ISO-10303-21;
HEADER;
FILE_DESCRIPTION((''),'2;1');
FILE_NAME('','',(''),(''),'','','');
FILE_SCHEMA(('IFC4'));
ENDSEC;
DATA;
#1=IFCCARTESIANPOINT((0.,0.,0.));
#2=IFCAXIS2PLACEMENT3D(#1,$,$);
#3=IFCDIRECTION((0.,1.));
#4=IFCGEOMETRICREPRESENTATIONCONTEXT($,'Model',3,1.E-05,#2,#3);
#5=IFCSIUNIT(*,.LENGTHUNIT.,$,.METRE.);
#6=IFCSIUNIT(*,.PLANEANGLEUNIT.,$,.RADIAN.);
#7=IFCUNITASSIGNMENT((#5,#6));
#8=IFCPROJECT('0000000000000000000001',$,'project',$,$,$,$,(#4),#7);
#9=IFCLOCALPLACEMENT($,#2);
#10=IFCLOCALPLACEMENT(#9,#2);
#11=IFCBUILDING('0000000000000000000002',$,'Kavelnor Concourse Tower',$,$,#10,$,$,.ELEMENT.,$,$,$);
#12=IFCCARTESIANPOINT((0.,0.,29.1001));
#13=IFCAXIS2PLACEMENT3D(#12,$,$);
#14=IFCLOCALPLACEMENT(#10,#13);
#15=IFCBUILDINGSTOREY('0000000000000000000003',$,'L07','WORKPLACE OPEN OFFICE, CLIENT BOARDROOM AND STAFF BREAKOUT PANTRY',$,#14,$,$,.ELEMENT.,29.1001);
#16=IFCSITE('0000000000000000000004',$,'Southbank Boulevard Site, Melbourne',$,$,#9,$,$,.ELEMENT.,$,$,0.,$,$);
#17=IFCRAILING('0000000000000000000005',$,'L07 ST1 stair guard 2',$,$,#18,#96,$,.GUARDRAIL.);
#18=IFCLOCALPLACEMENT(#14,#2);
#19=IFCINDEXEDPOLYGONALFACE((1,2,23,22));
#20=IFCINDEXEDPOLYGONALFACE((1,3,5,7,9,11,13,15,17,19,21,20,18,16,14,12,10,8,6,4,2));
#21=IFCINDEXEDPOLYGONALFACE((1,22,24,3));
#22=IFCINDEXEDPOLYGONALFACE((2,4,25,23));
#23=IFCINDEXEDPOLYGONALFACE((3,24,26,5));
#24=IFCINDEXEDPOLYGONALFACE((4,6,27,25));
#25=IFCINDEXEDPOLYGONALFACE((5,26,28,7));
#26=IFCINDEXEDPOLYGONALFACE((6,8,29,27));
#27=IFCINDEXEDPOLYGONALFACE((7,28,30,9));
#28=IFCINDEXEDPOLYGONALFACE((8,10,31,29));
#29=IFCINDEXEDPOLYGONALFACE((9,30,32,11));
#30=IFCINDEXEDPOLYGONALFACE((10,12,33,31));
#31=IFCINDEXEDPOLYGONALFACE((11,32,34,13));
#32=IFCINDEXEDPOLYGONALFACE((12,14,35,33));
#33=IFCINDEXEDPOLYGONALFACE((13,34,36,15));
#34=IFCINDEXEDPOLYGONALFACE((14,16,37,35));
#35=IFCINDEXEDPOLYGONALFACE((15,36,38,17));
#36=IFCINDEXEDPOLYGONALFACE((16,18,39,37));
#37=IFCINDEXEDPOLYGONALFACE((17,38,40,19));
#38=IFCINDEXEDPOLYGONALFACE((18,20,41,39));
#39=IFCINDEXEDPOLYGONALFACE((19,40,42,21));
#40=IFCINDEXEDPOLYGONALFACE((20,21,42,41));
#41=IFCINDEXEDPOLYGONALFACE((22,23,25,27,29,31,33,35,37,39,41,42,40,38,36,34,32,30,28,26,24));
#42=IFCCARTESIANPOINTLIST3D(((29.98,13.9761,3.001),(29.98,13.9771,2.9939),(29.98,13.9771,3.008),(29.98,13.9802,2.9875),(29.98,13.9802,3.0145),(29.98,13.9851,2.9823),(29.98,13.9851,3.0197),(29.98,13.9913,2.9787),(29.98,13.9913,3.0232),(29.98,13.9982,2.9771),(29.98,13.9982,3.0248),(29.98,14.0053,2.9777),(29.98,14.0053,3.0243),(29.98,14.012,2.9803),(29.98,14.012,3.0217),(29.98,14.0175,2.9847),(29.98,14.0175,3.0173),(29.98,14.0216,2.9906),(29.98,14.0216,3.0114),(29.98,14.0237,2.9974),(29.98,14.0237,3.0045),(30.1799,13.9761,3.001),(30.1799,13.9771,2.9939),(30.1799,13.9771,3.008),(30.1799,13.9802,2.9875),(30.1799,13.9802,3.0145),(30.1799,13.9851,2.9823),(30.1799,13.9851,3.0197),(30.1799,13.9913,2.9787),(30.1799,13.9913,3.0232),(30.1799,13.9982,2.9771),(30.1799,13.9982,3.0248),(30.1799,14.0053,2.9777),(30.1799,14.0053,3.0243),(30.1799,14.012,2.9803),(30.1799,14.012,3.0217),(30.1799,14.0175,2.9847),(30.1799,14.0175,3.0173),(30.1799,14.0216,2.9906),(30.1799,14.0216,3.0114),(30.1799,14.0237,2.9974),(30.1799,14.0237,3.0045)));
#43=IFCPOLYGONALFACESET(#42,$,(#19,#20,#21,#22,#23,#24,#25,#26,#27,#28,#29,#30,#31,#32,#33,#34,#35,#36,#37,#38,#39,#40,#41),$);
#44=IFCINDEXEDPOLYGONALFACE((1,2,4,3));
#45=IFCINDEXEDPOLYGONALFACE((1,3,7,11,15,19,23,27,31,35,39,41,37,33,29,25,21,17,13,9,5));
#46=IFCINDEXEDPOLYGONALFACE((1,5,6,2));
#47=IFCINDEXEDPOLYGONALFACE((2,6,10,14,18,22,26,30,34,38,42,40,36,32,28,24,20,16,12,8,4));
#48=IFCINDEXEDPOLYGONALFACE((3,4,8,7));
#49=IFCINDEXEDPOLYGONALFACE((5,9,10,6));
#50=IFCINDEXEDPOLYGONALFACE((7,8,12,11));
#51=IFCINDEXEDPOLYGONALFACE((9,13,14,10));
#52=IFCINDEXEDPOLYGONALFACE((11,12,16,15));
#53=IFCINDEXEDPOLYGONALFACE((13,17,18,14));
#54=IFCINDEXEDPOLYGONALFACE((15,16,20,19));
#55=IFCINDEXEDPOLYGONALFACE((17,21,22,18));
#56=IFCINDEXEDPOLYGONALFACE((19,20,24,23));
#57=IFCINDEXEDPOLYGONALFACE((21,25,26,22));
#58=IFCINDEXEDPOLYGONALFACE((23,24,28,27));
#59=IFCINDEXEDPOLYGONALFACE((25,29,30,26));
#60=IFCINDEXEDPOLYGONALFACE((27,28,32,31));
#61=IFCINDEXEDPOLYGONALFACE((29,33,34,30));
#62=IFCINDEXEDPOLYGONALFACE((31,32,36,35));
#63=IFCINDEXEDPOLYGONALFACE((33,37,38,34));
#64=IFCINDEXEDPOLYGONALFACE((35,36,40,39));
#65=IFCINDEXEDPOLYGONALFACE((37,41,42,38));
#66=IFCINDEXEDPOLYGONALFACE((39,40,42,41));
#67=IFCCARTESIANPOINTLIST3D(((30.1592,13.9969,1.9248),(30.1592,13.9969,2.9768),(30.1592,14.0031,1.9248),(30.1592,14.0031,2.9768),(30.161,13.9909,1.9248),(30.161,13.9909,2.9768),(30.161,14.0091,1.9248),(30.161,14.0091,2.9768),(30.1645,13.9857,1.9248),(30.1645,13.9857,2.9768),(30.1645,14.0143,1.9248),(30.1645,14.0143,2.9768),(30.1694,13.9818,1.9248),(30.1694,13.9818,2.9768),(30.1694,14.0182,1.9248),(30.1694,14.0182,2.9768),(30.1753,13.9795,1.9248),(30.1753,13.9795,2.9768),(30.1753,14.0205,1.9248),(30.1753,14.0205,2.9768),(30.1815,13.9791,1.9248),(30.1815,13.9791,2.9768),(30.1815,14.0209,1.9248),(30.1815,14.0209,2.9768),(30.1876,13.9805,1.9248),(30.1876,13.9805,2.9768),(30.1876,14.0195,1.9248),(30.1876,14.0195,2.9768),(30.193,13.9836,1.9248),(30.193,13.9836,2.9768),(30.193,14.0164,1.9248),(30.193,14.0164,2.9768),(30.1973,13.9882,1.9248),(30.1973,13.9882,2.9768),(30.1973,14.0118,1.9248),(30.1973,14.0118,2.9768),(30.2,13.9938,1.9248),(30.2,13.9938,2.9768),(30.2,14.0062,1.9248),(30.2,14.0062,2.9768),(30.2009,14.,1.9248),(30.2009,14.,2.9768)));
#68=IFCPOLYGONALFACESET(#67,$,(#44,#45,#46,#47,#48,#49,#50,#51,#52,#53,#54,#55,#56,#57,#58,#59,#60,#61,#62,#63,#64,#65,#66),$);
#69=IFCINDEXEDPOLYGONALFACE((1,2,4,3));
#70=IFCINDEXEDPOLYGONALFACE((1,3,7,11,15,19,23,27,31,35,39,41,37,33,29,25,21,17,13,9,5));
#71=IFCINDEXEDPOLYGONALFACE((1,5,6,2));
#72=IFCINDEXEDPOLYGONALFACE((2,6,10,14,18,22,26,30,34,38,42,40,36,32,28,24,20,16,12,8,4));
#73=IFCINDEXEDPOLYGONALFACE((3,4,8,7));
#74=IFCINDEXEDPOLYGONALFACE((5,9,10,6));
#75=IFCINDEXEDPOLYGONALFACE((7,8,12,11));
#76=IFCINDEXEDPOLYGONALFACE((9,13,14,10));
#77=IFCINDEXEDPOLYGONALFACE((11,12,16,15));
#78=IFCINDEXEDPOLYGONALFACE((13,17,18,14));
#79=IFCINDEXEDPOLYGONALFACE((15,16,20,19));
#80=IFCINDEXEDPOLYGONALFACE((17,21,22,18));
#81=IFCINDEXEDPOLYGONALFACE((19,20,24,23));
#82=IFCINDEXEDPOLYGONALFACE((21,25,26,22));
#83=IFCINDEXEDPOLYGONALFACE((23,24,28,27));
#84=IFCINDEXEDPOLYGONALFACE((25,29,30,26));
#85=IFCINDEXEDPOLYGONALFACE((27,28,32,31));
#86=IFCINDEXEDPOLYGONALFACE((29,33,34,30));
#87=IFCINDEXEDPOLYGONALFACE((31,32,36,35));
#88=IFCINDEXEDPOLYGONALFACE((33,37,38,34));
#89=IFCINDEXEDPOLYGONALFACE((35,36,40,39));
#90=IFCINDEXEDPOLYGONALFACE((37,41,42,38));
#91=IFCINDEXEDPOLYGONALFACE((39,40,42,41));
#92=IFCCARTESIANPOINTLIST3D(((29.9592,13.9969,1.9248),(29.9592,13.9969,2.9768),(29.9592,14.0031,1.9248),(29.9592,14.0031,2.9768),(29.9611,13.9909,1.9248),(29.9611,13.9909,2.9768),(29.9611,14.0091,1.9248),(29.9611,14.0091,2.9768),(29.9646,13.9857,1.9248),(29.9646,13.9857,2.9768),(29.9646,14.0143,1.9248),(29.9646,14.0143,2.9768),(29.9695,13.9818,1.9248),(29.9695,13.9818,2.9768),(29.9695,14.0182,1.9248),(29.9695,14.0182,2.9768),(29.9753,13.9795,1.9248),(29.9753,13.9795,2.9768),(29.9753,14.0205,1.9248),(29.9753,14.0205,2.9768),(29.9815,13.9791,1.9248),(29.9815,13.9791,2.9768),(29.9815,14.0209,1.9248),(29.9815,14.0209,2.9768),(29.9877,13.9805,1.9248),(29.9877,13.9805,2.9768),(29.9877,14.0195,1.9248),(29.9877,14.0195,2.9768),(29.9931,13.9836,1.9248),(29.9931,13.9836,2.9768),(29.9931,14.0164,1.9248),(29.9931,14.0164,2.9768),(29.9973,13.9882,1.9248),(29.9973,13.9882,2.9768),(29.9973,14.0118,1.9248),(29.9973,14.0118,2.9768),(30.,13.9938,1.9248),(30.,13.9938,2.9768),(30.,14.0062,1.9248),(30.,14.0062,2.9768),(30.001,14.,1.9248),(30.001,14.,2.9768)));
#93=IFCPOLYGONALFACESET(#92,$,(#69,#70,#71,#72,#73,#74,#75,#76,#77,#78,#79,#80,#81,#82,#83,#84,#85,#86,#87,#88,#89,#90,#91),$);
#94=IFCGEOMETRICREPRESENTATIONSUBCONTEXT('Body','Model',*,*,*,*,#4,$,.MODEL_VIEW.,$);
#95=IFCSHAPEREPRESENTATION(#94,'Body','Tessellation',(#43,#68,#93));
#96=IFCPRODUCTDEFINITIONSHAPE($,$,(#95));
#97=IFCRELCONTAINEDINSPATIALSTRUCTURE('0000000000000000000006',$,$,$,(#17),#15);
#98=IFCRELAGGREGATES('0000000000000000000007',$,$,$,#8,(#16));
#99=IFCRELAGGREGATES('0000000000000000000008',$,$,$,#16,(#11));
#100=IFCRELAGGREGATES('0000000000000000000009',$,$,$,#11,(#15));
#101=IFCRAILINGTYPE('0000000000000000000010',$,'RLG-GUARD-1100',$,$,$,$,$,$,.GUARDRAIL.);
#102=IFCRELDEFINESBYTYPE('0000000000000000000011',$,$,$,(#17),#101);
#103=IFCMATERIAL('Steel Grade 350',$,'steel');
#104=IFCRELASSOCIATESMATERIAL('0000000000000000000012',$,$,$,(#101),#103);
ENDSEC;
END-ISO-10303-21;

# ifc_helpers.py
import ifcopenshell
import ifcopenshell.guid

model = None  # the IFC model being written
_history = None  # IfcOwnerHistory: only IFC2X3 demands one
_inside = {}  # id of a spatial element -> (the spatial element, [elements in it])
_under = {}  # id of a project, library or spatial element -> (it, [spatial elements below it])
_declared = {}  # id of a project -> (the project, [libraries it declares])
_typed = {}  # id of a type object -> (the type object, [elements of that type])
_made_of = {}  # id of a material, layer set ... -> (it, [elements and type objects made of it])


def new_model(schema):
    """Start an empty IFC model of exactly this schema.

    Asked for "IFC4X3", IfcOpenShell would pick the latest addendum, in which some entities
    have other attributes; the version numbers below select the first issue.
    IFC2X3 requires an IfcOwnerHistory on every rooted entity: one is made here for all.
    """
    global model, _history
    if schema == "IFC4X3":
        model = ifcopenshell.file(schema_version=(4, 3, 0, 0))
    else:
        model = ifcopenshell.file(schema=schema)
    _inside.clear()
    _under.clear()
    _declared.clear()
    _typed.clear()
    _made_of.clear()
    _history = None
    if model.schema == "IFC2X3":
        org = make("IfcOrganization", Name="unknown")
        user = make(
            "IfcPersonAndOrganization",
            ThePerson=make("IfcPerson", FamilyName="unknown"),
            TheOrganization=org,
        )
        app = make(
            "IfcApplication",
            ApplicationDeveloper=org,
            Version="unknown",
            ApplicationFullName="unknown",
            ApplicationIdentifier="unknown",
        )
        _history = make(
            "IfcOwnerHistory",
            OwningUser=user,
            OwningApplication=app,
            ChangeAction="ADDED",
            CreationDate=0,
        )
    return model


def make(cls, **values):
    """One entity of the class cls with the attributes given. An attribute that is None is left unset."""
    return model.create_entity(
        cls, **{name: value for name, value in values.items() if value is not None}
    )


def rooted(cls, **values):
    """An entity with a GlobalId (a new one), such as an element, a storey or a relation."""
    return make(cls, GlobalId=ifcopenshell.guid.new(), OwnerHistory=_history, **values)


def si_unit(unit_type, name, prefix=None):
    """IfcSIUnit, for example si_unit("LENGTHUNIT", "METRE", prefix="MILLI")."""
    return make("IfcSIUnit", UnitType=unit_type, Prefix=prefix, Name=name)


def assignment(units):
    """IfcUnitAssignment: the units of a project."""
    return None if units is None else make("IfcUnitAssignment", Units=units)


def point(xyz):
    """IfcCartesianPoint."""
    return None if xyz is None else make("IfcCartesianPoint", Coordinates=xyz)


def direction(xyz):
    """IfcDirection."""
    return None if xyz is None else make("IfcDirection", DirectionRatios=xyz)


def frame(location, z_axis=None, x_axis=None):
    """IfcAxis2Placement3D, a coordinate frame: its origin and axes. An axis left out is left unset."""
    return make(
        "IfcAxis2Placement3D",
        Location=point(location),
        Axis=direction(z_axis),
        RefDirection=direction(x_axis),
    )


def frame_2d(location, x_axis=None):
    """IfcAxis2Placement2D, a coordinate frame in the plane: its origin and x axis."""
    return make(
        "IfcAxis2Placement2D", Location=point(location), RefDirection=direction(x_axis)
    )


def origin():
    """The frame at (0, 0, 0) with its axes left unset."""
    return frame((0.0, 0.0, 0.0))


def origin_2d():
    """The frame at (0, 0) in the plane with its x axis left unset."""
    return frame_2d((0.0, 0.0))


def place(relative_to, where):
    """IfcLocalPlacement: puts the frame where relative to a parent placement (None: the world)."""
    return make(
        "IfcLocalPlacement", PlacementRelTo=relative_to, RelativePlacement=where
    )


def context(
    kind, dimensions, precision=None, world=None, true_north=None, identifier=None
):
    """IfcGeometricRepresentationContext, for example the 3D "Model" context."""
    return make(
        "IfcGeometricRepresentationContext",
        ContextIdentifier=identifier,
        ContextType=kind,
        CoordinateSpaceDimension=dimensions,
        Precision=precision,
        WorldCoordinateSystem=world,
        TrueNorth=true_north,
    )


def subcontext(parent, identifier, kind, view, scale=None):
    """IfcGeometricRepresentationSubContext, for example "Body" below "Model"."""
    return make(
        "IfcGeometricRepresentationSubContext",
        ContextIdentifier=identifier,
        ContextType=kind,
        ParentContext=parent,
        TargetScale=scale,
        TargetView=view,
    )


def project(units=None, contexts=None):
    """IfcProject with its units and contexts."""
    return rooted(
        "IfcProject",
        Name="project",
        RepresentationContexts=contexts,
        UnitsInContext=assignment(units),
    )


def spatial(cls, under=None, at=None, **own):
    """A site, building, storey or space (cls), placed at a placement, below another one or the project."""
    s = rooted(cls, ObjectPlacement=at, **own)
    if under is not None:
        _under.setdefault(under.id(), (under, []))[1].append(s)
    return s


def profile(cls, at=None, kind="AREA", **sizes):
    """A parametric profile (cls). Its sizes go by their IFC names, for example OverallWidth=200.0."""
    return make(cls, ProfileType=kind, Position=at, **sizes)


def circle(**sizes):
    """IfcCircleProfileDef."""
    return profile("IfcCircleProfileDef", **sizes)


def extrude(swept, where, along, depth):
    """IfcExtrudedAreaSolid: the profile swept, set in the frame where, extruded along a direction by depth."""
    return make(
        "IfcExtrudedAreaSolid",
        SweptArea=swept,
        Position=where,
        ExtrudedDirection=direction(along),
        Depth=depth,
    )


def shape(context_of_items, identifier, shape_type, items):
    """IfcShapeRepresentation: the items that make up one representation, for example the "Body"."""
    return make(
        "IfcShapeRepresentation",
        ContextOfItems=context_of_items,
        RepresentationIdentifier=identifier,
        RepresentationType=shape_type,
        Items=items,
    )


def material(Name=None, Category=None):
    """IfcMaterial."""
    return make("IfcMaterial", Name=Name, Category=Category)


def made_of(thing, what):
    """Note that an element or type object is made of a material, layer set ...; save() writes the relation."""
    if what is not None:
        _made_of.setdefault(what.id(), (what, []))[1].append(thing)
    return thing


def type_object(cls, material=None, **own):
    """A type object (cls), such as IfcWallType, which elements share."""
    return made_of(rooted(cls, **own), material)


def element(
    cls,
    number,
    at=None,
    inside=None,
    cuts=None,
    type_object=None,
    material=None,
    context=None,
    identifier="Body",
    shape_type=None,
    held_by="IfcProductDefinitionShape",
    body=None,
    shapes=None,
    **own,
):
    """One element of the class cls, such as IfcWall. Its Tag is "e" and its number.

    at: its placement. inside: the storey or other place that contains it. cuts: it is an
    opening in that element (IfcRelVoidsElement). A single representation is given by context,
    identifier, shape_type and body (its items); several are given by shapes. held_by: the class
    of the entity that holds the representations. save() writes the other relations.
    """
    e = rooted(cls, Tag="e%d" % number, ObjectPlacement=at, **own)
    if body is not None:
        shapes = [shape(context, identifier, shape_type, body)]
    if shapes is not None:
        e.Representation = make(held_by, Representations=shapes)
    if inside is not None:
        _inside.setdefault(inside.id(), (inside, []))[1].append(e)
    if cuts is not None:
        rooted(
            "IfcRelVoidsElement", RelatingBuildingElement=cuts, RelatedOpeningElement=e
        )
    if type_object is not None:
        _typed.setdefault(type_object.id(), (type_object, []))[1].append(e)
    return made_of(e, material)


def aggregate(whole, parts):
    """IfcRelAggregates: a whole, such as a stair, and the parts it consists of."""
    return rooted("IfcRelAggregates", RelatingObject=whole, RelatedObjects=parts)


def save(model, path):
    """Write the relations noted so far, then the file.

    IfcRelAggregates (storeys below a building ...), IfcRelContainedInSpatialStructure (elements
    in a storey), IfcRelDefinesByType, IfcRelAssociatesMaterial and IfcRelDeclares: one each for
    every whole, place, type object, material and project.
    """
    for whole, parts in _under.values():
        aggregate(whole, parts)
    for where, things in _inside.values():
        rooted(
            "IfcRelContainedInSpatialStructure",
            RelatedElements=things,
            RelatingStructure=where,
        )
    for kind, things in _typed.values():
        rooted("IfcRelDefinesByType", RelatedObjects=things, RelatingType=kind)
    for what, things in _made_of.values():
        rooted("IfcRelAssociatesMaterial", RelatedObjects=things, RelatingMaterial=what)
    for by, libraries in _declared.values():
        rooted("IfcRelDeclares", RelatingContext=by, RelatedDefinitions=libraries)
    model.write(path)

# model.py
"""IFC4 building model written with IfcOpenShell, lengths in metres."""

from ifc_helpers import new_model, si_unit, direction, frame, origin, origin_2d, place, context, subcontext, project, spatial, circle, extrude, material, type_object, element, save


model = new_model("IFC4")

# Units and contexts
model_context = context("Model", 3, precision=1e-05, world=origin(), true_north=direction((0.0, 1.0)))
body_context = subcontext(model_context, "Body", "Model", "MODEL_VIEW")
ifc_project = project(units=[si_unit("LENGTHUNIT", "METRE"), si_unit("PLANEANGLEUNIT", "RADIAN")], contexts=[model_context])

# Site, building, storey
site_placement = place(None, origin())
site = spatial("IfcSite", under=ifc_project, at=site_placement, Name="Southbank Boulevard Site, Melbourne", CompositionType="ELEMENT", RefElevation=0.0)
building_placement = place(site_placement, origin())
building = spatial("IfcBuilding", under=site, at=building_placement, Name="Kavelnor Concourse Tower", CompositionType="ELEMENT")
storey_placement = place(building_placement, frame((0.0, 0.0, 29.1001)))
storey = spatial("IfcBuildingStorey", under=building, at=storey_placement, Name="L07", Description="WORKPLACE OPEN OFFICE, CLIENT BOARDROOM AND STAFF BREAKOUT PANTRY", CompositionType="ELEMENT", Elevation=29.1001)

# Shared definitions
ifc_material_1 = material(Name="Steel Grade 350", Category="steel")

# Railing
railing_type_1 = type_object("IfcRailingType", Name="RLG-GUARD-1100", PredefinedType="GUARDRAIL", material=ifc_material_1)
railing_1_placement = place(storey_placement, frame((30.1799, 14.0, 1.9248)))
element("IfcRailing", 1, at=railing_1_placement, inside=storey, type_object=railing_type_1, Name="L07 ST1 stair guard 2", PredefinedType="GUARDRAIL", context=body_context, shape_type="SweptSolid", body=[
    extrude(circle(Radius=0.0239, at=origin_2d()), frame((0.0, 0.0, 1.0762), z_axis=(-1.0, 0.0, 0.0), x_axis=(0.0, -1.0, 0.0)), (0.0, 0.0, 1.0), 0.2),
    extrude(circle(Radius=0.021, at=origin_2d()), origin(), (0.0, 0.0, 1.0), 1.052),
    extrude(circle(Radius=0.021, at=origin_2d()), frame((-0.2, 0.0, 0.0)), (0.0, 0.0, 1.0), 1.052),
])

save(model, "model.ifc")
